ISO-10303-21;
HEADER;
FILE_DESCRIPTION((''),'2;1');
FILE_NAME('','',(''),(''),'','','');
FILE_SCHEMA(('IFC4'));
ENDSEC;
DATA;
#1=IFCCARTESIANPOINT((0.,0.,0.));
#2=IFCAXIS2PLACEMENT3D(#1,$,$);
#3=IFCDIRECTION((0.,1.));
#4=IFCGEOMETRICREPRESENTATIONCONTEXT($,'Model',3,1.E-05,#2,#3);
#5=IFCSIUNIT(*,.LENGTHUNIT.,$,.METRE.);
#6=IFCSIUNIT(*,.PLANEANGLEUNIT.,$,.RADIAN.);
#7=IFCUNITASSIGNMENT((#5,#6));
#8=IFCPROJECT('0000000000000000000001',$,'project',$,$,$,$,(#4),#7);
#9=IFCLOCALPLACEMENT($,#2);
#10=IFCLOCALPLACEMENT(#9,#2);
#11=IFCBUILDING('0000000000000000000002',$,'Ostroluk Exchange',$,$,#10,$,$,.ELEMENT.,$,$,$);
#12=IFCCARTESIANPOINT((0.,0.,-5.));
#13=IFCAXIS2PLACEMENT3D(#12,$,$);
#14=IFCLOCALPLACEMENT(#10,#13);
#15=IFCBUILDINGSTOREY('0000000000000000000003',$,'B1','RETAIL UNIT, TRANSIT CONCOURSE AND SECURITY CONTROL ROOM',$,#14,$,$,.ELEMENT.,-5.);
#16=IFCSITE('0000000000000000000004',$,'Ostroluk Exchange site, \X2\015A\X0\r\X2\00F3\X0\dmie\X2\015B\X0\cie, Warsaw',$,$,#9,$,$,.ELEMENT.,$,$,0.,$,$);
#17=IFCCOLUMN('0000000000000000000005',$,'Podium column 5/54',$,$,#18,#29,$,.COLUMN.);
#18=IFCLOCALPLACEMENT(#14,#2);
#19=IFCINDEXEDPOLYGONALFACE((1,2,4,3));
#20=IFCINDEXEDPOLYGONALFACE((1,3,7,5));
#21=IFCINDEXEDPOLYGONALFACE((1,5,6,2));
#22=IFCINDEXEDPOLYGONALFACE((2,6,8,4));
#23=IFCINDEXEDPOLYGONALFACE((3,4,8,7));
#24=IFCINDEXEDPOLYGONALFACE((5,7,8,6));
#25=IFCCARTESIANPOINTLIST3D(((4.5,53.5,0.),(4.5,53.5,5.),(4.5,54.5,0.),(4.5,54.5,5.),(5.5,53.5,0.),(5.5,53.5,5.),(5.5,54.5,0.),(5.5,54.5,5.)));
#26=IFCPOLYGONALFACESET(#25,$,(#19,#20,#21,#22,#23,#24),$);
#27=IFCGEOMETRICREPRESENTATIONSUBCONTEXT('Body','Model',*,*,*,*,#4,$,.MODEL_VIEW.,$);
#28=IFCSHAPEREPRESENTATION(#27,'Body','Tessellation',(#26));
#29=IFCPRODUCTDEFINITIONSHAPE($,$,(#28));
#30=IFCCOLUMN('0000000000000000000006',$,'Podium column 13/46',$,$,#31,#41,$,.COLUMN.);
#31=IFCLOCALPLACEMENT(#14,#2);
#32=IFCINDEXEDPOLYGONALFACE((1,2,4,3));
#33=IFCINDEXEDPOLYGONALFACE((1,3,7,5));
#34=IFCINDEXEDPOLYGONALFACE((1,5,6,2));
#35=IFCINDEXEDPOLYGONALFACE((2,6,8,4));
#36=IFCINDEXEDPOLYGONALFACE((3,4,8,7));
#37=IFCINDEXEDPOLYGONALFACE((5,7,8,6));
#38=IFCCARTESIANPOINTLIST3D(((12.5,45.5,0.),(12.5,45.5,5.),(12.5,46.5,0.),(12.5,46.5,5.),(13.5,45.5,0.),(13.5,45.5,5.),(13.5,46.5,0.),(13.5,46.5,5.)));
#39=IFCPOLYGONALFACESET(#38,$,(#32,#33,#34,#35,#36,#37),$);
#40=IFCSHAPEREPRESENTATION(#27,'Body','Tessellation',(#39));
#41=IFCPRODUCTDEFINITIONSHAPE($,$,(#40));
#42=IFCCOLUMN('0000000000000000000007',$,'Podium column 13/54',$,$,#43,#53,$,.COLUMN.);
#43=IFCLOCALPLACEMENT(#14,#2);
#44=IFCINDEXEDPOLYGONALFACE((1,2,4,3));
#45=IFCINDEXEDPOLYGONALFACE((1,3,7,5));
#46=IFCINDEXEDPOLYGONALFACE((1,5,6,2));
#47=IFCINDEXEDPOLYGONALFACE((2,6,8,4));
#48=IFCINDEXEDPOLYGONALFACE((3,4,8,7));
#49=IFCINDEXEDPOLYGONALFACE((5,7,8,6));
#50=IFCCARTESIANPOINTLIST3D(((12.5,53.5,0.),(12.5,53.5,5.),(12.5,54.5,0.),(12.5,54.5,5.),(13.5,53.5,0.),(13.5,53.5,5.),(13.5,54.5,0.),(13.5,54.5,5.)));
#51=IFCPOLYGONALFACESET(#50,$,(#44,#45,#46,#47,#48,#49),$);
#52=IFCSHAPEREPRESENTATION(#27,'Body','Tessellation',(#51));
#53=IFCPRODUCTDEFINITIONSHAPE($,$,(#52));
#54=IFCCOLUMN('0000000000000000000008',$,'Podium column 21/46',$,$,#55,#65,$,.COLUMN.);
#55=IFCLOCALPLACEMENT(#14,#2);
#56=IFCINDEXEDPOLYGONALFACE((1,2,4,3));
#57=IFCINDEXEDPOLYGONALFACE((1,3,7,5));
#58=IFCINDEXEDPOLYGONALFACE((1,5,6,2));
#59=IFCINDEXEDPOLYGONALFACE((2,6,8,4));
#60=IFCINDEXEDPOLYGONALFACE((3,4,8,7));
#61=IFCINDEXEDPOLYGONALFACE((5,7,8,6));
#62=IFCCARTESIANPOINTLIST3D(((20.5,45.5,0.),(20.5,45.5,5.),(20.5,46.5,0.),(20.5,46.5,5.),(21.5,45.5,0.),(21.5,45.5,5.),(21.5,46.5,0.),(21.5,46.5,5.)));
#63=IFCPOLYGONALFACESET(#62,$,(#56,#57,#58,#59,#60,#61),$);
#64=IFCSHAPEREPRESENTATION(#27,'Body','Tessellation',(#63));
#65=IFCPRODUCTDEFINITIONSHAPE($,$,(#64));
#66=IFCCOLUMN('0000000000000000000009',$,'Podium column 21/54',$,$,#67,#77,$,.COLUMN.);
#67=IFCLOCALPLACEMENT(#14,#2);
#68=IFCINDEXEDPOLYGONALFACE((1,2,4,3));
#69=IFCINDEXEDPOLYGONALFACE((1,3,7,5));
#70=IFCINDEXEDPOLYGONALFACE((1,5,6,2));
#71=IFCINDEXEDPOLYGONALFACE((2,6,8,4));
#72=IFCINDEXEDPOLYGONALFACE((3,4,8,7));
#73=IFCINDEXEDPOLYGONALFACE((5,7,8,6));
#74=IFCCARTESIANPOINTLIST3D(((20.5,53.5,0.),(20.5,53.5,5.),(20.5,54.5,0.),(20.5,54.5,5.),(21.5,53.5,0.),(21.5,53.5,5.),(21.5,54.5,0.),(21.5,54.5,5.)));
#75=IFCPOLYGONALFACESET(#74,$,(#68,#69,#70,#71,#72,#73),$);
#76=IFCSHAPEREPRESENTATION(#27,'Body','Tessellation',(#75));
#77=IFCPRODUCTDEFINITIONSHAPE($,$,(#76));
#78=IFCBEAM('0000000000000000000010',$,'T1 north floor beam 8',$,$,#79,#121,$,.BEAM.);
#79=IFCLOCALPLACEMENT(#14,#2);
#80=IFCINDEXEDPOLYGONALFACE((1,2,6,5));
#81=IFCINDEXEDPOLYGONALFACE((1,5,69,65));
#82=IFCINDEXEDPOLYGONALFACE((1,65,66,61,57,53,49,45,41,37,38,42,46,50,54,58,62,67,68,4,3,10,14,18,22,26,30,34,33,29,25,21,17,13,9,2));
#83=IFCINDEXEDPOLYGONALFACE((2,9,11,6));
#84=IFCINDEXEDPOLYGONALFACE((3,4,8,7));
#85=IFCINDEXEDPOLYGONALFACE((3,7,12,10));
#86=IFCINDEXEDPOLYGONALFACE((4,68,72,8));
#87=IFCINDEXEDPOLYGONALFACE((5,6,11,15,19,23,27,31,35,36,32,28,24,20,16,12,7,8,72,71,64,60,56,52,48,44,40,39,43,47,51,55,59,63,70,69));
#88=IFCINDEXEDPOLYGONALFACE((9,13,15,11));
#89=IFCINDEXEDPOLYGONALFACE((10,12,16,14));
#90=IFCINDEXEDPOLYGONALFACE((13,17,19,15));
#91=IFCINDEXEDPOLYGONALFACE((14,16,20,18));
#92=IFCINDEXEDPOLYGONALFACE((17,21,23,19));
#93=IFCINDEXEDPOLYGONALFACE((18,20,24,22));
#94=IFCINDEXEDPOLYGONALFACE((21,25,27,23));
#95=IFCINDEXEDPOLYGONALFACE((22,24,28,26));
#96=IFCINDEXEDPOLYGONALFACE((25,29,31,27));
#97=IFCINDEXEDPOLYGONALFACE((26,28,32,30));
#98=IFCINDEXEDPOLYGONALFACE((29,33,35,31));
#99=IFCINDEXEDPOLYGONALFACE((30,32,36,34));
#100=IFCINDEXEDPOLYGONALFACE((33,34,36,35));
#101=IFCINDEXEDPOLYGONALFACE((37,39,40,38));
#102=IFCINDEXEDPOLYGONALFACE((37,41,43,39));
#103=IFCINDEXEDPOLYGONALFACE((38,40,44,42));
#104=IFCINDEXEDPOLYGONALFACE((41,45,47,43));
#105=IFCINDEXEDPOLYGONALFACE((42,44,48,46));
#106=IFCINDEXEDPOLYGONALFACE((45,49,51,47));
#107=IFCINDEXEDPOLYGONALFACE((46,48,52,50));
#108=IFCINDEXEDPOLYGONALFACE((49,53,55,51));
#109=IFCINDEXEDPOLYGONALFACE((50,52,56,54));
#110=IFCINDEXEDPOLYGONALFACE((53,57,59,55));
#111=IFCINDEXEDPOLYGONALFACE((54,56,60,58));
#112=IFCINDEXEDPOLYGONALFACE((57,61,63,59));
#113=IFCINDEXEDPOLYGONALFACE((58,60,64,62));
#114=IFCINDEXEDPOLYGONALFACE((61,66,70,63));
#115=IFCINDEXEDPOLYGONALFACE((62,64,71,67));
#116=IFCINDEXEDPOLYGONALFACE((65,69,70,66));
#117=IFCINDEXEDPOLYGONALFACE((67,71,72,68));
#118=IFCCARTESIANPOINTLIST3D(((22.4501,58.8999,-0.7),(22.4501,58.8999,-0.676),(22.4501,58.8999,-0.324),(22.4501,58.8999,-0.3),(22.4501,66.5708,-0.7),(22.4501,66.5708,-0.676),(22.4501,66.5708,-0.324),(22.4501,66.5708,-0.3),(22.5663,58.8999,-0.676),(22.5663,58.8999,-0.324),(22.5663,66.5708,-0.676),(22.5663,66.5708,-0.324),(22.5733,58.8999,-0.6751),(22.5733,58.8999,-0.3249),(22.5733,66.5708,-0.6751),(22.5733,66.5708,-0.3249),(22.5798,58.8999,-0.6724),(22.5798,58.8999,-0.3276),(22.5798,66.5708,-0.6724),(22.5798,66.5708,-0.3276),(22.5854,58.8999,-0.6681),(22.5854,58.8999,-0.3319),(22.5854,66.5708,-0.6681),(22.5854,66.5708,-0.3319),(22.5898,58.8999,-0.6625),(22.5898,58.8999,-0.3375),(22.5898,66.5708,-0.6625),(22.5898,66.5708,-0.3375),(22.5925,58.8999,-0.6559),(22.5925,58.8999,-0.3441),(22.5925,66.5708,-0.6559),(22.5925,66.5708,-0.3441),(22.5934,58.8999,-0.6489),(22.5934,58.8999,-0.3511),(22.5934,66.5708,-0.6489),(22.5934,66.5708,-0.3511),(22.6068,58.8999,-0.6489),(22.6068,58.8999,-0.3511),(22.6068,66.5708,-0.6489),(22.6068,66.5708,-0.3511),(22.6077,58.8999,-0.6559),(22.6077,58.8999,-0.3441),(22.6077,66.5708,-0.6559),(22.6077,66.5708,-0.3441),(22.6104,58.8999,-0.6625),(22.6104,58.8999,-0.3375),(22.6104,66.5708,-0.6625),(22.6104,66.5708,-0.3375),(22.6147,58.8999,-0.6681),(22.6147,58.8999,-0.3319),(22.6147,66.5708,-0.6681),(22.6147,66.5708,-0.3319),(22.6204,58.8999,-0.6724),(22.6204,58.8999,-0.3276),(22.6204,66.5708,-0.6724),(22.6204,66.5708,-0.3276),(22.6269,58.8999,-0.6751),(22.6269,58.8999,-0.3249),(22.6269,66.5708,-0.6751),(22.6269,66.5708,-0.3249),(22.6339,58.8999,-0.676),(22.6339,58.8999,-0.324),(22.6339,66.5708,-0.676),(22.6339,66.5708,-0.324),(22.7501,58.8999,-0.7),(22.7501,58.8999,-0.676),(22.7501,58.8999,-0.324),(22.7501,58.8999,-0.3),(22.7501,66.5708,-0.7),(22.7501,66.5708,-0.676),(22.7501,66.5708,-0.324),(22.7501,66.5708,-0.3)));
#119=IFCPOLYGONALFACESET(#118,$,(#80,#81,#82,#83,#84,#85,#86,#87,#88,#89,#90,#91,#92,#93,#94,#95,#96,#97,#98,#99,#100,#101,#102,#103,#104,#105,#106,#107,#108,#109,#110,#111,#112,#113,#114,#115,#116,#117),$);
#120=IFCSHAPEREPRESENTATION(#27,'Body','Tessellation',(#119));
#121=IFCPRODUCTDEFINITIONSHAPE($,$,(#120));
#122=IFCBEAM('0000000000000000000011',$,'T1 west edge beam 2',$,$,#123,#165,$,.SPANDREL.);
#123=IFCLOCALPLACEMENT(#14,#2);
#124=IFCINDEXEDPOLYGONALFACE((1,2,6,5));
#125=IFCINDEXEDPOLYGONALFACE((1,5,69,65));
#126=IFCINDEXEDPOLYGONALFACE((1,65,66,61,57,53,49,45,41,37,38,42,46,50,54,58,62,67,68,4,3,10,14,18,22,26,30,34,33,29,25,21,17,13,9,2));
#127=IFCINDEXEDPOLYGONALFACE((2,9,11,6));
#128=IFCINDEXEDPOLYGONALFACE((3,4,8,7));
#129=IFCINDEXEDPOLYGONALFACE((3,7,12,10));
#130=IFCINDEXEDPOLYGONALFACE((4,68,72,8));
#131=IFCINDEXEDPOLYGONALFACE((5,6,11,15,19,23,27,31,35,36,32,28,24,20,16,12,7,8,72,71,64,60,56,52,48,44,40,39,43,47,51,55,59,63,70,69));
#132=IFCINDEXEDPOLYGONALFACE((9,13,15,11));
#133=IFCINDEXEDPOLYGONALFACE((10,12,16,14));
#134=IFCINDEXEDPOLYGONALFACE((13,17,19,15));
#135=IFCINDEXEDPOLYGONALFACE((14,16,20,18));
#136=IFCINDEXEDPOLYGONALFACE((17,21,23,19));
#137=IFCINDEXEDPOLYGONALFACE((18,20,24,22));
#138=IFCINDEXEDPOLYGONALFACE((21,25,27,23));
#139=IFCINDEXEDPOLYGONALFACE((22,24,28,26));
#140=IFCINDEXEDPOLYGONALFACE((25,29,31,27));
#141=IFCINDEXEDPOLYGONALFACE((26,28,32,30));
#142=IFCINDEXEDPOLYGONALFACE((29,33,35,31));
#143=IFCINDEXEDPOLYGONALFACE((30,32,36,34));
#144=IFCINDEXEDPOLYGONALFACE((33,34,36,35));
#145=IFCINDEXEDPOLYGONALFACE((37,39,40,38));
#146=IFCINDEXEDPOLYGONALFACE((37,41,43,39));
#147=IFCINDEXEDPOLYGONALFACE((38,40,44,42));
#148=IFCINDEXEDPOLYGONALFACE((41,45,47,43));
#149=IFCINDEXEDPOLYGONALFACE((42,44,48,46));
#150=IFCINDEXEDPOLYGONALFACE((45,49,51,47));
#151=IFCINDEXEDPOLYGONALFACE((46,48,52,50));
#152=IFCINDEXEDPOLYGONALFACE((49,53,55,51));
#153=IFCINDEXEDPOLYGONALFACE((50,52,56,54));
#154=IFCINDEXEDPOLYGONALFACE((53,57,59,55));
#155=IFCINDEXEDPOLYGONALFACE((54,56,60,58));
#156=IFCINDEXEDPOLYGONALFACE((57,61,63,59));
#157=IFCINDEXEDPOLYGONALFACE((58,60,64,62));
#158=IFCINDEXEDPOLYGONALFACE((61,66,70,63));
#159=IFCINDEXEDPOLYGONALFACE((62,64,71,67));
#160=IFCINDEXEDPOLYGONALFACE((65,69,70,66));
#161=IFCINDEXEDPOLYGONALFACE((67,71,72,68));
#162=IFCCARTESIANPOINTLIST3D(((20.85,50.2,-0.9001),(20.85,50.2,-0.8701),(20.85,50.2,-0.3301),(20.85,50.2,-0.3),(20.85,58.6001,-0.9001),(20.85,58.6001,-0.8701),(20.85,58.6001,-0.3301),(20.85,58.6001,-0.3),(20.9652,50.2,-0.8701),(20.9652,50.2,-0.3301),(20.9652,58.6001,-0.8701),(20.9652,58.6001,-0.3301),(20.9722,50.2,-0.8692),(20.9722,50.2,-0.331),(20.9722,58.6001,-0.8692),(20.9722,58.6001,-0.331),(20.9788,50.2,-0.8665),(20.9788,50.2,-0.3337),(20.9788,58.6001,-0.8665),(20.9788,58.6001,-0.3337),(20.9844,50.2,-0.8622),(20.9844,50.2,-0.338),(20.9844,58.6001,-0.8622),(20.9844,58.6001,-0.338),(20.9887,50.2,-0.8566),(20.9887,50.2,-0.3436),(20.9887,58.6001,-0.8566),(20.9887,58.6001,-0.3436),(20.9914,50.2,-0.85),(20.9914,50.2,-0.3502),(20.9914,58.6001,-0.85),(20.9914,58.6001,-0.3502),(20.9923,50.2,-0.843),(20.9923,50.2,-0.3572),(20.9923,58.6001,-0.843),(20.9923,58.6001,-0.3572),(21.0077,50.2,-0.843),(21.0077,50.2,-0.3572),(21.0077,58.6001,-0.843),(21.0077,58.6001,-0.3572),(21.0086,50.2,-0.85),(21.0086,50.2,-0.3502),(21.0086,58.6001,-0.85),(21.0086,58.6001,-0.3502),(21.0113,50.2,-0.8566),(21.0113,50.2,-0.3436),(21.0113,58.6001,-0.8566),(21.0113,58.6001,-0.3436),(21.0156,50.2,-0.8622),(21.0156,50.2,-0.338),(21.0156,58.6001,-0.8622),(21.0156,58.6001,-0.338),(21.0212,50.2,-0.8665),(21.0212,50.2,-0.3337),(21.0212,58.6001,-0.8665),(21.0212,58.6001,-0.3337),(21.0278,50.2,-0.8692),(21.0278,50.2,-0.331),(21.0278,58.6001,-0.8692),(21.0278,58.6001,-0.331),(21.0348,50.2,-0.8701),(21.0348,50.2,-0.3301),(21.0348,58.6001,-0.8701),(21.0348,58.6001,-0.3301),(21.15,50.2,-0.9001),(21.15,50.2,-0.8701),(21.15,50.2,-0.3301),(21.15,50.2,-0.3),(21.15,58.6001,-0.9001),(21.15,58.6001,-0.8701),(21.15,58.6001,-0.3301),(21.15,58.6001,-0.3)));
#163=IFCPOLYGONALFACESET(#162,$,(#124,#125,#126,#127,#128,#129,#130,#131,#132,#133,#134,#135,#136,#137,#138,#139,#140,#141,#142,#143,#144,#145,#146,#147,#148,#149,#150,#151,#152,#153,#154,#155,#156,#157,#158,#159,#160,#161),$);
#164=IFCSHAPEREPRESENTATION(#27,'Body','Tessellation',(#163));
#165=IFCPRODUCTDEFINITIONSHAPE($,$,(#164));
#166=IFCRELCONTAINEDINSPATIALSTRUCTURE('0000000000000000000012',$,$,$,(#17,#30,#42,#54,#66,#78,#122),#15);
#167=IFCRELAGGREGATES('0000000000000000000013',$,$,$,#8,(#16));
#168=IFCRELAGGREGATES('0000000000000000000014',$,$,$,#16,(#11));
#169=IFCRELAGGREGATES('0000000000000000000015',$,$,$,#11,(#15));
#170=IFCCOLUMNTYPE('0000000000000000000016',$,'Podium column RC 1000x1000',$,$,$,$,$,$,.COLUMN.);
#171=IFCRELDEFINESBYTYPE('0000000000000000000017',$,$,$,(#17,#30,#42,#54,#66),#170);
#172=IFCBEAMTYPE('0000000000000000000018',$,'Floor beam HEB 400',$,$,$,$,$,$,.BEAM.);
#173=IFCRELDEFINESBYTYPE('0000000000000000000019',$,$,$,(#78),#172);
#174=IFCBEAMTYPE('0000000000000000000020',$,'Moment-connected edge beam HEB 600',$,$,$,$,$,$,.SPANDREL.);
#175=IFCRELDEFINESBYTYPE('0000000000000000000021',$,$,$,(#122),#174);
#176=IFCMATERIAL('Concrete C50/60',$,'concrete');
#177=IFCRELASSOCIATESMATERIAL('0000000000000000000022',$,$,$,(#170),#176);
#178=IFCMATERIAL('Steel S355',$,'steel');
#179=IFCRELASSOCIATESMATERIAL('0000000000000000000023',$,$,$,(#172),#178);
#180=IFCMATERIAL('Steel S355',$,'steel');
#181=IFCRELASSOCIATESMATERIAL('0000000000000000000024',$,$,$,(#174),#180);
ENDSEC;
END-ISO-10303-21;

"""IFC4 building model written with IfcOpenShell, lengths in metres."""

from ifc_helpers import new_model, si_unit, direction, frame, origin, origin_2d, place, context, subcontext, project, spatial, rectangle, i_section, extrude, material, material_profile, profile_set, type_object, element, save


model = new_model("IFC4")

# Units and contexts
model_context = context("Model", 3, precision=1e-05, world=origin(), true_north=direction((0.0, 1.0)))
body_context = subcontext(model_context, "Body", "Model", "MODEL_VIEW")
ifc_project = project(units=[si_unit("LENGTHUNIT", "METRE"), si_unit("PLANEANGLEUNIT", "RADIAN")], contexts=[model_context])

# Site, building, storey
site_placement = place(None, origin())
site = spatial("IfcSite", under=ifc_project, at=site_placement, Name="Ostroluk Exchange site, Śródmieście, Warsaw", CompositionType="ELEMENT", RefElevation=0.0)
building_placement = place(site_placement, origin())
building = spatial("IfcBuilding", under=site, at=building_placement, Name="Ostroluk Exchange", CompositionType="ELEMENT")
storey_placement = place(building_placement, frame((0.0, 0.0, -5.0)))
storey = spatial("IfcBuildingStorey", under=building, at=storey_placement, Name="B1", Description="RETAIL UNIT, TRANSIT CONCOURSE AND SECURITY CONTROL ROOM", CompositionType="ELEMENT", Elevation=-5.0)

# Columns
ifc_material_1 = material(Name="Concrete C50/60", Category="concrete")
ifc_material_profile_1 = material_profile(ifc_material_1, rectangle(XDim=1.0, YDim=1.0, at=origin_2d()), Name="RC 1000x1000")
ifc_profile_set_1 = profile_set([ifc_material_profile_1], Name="Concrete C50/60")
column_type_1 = type_object("IfcColumnType", Name="Podium column RC 1000x1000", PredefinedType="COLUMN", material=ifc_profile_set_1)
for number, where, z_axis, x_axis, name in (
    (1, (5.0, 54.0, 0.0), (0.0, 0.0, 1.0), (1.0, 0.0, 0.0), "Podium column 5/54"),
    (2, (13.0, 46.0, 0.0), (0.0, 0.0, 1.0), (1.0, 0.0, 0.0), "Podium column 13/46"),
    (3, (13.0, 54.0, 0.0), (0.0, 0.0, 1.0), (1.0, 0.0, 0.0), "Podium column 13/54"),
    (4, (21.0, 46.0, 0.0), (0.0, 0.0, 1.0), (1.0, 0.0, 0.0), "Podium column 21/46"),
    (5, (21.0, 54.0, 0.0), (0.0, 0.0, 1.0), (1.0, 0.0, 0.0), "Podium column 21/54"),
):
    element("IfcColumn", number, at=place(storey_placement, frame(where, z_axis=z_axis, x_axis=x_axis)), inside=storey, type_object=column_type_1, Name=name, PredefinedType="COLUMN", context=body_context, shape_type="SweptSolid", body=[
        extrude(rectangle(XDim=1.0, YDim=1.0, at=origin_2d()), origin(), (0.0, 0.0, 1.0), 5.0),
    ])

# Beams
ifc_material_2 = material(Name="Steel S355", Category="steel")
ifc_material_profile_2 = material_profile(ifc_material_2, i_section(OverallWidth=0.3, OverallDepth=0.3999, WebThickness=0.0134, FlangeThickness=0.0239, FilletRadius=0.0271, at=origin_2d()), Name="HEB 400")
ifc_profile_set_2 = profile_set([ifc_material_profile_2], Name="Steel S355")
beam_type_1 = type_object("IfcBeamType", Name="Floor beam HEB 400", PredefinedType="BEAM", material=ifc_profile_set_2)
beam_1_placement = place(storey_placement, frame((22.6001, 58.8999, -0.5), z_axis=(0.0, 1.0, 0.0), x_axis=(-1.0, 0.0, 0.0)))
element("IfcBeam", 6, at=beam_1_placement, inside=storey, type_object=beam_type_1, Name="T1 north floor beam 8", PredefinedType="BEAM", context=body_context, shape_type="SweptSolid", body=[
    extrude(i_section(OverallWidth=0.3, OverallDepth=0.3999, WebThickness=0.0134, FlangeThickness=0.0239, FilletRadius=0.0271, at=origin_2d()), origin(), (0.0, 0.0, 1.0), 7.6709),
])
ifc_material_3 = material(Name="Steel S355", Category="steel")
ifc_material_profile_3 = material_profile(ifc_material_3, i_section(OverallWidth=0.3, OverallDepth=0.6001, WebThickness=0.0154, FlangeThickness=0.03, FilletRadius=0.0271, at=origin_2d()), Name="HEB 600")
ifc_profile_set_3 = profile_set([ifc_material_profile_3], Name="Steel S355")
beam_type_2 = type_object("IfcBeamType", Name="Moment-connected edge beam HEB 600", PredefinedType="SPANDREL", material=ifc_profile_set_3)
beam_2_placement = place(storey_placement, frame((21.0, 58.6001, -0.6001), z_axis=(0.0, -1.0, 0.0), x_axis=(1.0, 0.0, 0.0)))
element("IfcBeam", 7, at=beam_2_placement, inside=storey, type_object=beam_type_2, Name="T1 west edge beam 2", PredefinedType="SPANDREL", context=body_context, shape_type="SweptSolid", body=[
    extrude(i_section(OverallWidth=0.3, OverallDepth=0.6001, WebThickness=0.0154, FlangeThickness=0.03, FilletRadius=0.0271, at=origin_2d()), origin(), (0.0, 0.0, 1.0), 8.4001),
])

save(model, "model.ifc")
